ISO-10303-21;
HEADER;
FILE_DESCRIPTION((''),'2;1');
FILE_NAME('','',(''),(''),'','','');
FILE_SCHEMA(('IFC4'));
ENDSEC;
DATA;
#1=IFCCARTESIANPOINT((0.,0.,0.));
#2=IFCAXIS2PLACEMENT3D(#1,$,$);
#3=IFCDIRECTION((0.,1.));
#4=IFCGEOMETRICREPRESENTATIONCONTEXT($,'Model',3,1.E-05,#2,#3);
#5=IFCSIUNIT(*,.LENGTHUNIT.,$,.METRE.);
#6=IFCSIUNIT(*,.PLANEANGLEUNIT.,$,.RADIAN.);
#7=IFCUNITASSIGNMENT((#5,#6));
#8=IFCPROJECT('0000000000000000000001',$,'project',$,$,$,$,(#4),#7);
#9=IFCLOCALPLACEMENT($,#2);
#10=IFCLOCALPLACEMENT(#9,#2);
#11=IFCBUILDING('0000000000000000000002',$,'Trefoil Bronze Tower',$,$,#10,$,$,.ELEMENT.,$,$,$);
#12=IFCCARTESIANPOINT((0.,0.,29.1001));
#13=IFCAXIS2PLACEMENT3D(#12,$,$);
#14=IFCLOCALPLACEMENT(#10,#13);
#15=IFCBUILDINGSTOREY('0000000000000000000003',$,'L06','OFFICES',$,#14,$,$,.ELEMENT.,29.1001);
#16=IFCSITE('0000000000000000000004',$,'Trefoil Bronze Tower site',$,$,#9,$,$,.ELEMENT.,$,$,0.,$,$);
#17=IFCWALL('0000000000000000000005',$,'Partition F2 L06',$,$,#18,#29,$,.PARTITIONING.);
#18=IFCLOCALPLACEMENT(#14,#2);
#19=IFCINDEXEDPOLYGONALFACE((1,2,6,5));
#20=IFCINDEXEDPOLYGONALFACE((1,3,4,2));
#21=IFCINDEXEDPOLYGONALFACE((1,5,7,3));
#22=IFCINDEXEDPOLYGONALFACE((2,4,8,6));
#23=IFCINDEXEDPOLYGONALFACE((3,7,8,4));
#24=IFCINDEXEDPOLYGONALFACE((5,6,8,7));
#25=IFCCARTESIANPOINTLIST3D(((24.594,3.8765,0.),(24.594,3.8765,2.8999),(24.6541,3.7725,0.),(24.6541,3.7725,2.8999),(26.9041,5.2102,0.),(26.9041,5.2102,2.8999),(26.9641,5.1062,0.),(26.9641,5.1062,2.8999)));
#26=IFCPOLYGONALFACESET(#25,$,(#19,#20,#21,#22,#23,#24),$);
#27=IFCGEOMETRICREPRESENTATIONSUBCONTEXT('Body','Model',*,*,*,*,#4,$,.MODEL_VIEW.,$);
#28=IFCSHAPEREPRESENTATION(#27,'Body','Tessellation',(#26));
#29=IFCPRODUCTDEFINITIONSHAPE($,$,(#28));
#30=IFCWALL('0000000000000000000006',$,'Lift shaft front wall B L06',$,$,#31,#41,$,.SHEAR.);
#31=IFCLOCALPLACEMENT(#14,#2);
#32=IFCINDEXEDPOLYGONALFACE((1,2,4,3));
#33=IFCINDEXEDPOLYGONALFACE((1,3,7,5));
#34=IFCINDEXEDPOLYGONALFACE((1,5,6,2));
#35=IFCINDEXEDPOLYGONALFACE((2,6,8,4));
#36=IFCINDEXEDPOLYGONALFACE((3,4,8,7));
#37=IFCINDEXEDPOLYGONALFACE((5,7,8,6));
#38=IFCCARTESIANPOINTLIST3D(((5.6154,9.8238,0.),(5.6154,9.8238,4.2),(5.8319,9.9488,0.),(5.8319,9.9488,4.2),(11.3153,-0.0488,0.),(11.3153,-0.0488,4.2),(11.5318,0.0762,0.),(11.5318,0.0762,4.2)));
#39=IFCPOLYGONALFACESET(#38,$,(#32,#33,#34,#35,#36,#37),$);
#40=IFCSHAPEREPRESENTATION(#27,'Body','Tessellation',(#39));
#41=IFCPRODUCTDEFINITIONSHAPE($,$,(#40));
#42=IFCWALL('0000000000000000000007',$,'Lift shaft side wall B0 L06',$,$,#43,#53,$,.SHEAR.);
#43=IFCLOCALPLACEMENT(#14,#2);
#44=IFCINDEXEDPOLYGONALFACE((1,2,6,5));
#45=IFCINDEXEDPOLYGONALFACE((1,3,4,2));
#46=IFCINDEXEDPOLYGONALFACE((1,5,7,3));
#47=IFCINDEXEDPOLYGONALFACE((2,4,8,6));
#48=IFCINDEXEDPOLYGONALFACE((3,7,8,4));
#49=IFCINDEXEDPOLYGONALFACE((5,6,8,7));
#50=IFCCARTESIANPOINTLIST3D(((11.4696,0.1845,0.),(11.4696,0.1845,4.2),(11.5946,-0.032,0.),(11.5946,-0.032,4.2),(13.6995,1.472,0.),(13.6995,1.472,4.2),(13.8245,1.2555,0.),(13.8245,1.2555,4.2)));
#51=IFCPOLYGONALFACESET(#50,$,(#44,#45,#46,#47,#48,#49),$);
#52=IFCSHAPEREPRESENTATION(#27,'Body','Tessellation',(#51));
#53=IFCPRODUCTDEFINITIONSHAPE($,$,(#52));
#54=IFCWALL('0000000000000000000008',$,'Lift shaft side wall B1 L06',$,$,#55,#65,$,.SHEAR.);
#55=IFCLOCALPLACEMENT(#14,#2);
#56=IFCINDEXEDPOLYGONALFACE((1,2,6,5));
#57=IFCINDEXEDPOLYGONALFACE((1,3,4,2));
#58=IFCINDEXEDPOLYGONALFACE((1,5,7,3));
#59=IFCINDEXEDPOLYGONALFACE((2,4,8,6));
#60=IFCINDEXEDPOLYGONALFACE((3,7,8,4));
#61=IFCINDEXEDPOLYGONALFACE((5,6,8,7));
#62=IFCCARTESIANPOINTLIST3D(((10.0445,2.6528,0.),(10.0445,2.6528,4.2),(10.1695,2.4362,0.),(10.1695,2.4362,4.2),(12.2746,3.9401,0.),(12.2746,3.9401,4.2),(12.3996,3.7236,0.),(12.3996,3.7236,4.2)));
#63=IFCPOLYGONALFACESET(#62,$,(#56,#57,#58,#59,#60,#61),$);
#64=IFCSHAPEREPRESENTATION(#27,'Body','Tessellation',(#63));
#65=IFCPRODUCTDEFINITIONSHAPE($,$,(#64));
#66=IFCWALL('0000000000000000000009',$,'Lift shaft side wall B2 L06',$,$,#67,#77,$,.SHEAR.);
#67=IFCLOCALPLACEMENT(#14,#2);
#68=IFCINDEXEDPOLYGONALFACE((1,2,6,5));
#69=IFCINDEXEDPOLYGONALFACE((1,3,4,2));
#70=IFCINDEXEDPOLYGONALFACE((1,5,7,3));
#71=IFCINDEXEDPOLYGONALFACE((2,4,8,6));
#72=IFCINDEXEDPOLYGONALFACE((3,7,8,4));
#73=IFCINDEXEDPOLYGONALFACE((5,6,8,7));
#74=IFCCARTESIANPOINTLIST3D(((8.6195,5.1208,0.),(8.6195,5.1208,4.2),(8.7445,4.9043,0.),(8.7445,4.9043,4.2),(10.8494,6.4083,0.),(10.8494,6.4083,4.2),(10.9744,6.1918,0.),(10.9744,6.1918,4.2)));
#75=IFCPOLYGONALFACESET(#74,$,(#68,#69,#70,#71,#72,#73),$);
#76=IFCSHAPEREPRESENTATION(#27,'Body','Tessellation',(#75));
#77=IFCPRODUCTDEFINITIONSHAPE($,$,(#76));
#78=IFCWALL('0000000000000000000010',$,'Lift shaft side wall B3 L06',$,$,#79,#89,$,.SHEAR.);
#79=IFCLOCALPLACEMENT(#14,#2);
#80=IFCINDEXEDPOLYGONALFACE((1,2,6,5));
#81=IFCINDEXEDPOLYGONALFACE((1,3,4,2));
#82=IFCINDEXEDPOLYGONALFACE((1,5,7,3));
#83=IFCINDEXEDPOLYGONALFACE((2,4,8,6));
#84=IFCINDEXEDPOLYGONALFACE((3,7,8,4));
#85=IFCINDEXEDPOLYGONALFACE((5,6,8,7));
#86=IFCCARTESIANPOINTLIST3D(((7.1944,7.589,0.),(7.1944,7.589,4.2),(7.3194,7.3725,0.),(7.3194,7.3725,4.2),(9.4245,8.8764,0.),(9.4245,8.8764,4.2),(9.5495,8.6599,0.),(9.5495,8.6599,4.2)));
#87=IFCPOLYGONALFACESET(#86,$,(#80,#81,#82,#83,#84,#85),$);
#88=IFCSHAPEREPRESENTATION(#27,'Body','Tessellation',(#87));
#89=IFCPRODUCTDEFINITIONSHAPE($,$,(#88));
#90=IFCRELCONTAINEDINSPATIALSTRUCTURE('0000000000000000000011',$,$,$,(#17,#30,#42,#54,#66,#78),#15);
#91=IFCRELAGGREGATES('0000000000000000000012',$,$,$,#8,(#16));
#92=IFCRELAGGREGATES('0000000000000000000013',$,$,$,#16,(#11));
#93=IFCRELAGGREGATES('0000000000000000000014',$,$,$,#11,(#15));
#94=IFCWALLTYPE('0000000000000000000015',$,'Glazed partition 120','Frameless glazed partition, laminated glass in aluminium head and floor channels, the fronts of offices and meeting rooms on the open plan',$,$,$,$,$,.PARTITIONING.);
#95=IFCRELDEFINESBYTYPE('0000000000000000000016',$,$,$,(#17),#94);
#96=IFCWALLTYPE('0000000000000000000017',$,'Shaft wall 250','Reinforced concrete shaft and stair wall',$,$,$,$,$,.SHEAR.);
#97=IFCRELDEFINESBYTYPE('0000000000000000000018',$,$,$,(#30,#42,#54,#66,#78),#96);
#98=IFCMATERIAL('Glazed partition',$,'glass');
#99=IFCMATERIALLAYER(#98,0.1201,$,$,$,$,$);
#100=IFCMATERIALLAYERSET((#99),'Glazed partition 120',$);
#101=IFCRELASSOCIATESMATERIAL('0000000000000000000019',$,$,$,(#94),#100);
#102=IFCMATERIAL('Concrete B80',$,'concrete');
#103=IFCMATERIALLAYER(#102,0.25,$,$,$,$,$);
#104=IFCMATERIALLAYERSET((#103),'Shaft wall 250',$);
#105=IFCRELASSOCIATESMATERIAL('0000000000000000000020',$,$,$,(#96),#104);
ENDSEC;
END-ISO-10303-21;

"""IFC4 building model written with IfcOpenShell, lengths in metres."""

from ifc_helpers import new_model, si_unit, direction, frame, frame_2d, origin, place, context, subcontext, project, spatial, rectangle, extrude, material, layer, layer_set, type_object, element, save


model = new_model("IFC4")

# Units and contexts
model_context = context("Model", 3, precision=1e-05, world=origin(), true_north=direction((0.0, 1.0)))
body_context = subcontext(model_context, "Body", "Model", "MODEL_VIEW")
ifc_project = project(units=[si_unit("LENGTHUNIT", "METRE"), si_unit("PLANEANGLEUNIT", "RADIAN")], contexts=[model_context])

# Site, building, storey
site_placement = place(None, origin())
site = spatial("IfcSite", under=ifc_project, at=site_placement, Name="Trefoil Bronze Tower site", CompositionType="ELEMENT", RefElevation=0.0)
building_placement = place(site_placement, origin())
building = spatial("IfcBuilding", under=site, at=building_placement, Name="Trefoil Bronze Tower", CompositionType="ELEMENT")
storey_placement = place(building_placement, frame((0.0, 0.0, 29.1001)))
storey = spatial("IfcBuildingStorey", under=building, at=storey_placement, Name="L06", Description="OFFICES", CompositionType="ELEMENT", Elevation=29.1001)

# Shared definitions
ifc_material_1 = material(Name="Glazed partition", Category="glass")
ifc_layer_1 = layer(ifc_material_1, 0.1201)
ifc_layer_set_1 = layer_set([ifc_layer_1], Name="Glazed partition 120")
wall_type_1 = type_object("IfcWallType", Name="Glazed partition 120", Description="Frameless glazed partition, laminated glass in aluminium head and floor channels, the fronts of offices and meeting rooms on the open plan", PredefinedType="PARTITIONING", material=ifc_layer_set_1)

# Walls
wall_1_placement = place(storey_placement, frame((24.624, 3.8245, 0.0), z_axis=(0.0, 0.0, 1.0), x_axis=(0.866021, 0.500008, 0.0)))
element("IfcWall", 1, at=wall_1_placement, inside=storey, type_object=wall_type_1, Name="Partition F2 L06", PredefinedType="PARTITIONING", context=body_context, shape_type="SweptSolid", body=[
    extrude(rectangle(XDim=2.6675, YDim=0.1201, at=frame_2d((1.3337, 0.0))), origin(), (0.0, 0.0, 1.0), 2.8999),
])
ifc_material_2 = material(Name="Concrete B80", Category="concrete")
ifc_layer_2 = layer(ifc_material_2, 0.25)
ifc_layer_set_2 = layer_set([ifc_layer_2], Name="Shaft wall 250")
wall_type_2 = type_object("IfcWallType", Name="Shaft wall 250", Description="Reinforced concrete shaft and stair wall", PredefinedType="SHEAR", material=ifc_layer_set_2)
wall_2_placement = place(storey_placement, frame((11.4236, 0.0137, 0.0), z_axis=(0.0, 0.0, 1.0), x_axis=(-0.500002, 0.866024, 0.0)))
element("IfcWall", 2, at=wall_2_placement, inside=storey, type_object=wall_type_2, Name="Lift shaft front wall B L06", PredefinedType="SHEAR", context=body_context, shape_type="SweptSolid", body=[
    extrude(rectangle(XDim=11.3999, YDim=0.25, at=frame_2d((5.7, 0.0))), origin(), (0.0, 0.0, 1.0), 4.2),
])
for number, where, z_axis, x_axis, name in (
    (3, (11.532, 0.0762, 0.0), (0.0, 0.0, 1.0), (0.866006, 0.500034, 0.0), "Lift shaft side wall B0 L06"),
    (4, (10.1069, 2.5444, 0.0), (0.0, 0.0, 1.0), (0.866047, 0.499963, 0.0), "Lift shaft side wall B1 L06"),
    (5, (8.6819, 5.0125, 0.0), (0.0, 0.0, 1.0), (0.866006, 0.500034, 0.0), "Lift shaft side wall B2 L06"),
    (6, (7.2568, 7.4807, 0.0), (0.0, 0.0, 1.0), (0.866047, 0.499963, 0.0), "Lift shaft side wall B3 L06"),
):
    element("IfcWall", number, at=place(storey_placement, frame(where, z_axis=z_axis, x_axis=x_axis)), inside=storey, type_object=wall_type_2, Name=name, PredefinedType="SHEAR", context=body_context, shape_type="SweptSolid", body=[
        extrude(rectangle(XDim=2.575, YDim=0.25, at=frame_2d((1.2876, 0.0))), origin(), (0.0, 0.0, 1.0), 4.2),
    ])

save(model, "model.ifc")
